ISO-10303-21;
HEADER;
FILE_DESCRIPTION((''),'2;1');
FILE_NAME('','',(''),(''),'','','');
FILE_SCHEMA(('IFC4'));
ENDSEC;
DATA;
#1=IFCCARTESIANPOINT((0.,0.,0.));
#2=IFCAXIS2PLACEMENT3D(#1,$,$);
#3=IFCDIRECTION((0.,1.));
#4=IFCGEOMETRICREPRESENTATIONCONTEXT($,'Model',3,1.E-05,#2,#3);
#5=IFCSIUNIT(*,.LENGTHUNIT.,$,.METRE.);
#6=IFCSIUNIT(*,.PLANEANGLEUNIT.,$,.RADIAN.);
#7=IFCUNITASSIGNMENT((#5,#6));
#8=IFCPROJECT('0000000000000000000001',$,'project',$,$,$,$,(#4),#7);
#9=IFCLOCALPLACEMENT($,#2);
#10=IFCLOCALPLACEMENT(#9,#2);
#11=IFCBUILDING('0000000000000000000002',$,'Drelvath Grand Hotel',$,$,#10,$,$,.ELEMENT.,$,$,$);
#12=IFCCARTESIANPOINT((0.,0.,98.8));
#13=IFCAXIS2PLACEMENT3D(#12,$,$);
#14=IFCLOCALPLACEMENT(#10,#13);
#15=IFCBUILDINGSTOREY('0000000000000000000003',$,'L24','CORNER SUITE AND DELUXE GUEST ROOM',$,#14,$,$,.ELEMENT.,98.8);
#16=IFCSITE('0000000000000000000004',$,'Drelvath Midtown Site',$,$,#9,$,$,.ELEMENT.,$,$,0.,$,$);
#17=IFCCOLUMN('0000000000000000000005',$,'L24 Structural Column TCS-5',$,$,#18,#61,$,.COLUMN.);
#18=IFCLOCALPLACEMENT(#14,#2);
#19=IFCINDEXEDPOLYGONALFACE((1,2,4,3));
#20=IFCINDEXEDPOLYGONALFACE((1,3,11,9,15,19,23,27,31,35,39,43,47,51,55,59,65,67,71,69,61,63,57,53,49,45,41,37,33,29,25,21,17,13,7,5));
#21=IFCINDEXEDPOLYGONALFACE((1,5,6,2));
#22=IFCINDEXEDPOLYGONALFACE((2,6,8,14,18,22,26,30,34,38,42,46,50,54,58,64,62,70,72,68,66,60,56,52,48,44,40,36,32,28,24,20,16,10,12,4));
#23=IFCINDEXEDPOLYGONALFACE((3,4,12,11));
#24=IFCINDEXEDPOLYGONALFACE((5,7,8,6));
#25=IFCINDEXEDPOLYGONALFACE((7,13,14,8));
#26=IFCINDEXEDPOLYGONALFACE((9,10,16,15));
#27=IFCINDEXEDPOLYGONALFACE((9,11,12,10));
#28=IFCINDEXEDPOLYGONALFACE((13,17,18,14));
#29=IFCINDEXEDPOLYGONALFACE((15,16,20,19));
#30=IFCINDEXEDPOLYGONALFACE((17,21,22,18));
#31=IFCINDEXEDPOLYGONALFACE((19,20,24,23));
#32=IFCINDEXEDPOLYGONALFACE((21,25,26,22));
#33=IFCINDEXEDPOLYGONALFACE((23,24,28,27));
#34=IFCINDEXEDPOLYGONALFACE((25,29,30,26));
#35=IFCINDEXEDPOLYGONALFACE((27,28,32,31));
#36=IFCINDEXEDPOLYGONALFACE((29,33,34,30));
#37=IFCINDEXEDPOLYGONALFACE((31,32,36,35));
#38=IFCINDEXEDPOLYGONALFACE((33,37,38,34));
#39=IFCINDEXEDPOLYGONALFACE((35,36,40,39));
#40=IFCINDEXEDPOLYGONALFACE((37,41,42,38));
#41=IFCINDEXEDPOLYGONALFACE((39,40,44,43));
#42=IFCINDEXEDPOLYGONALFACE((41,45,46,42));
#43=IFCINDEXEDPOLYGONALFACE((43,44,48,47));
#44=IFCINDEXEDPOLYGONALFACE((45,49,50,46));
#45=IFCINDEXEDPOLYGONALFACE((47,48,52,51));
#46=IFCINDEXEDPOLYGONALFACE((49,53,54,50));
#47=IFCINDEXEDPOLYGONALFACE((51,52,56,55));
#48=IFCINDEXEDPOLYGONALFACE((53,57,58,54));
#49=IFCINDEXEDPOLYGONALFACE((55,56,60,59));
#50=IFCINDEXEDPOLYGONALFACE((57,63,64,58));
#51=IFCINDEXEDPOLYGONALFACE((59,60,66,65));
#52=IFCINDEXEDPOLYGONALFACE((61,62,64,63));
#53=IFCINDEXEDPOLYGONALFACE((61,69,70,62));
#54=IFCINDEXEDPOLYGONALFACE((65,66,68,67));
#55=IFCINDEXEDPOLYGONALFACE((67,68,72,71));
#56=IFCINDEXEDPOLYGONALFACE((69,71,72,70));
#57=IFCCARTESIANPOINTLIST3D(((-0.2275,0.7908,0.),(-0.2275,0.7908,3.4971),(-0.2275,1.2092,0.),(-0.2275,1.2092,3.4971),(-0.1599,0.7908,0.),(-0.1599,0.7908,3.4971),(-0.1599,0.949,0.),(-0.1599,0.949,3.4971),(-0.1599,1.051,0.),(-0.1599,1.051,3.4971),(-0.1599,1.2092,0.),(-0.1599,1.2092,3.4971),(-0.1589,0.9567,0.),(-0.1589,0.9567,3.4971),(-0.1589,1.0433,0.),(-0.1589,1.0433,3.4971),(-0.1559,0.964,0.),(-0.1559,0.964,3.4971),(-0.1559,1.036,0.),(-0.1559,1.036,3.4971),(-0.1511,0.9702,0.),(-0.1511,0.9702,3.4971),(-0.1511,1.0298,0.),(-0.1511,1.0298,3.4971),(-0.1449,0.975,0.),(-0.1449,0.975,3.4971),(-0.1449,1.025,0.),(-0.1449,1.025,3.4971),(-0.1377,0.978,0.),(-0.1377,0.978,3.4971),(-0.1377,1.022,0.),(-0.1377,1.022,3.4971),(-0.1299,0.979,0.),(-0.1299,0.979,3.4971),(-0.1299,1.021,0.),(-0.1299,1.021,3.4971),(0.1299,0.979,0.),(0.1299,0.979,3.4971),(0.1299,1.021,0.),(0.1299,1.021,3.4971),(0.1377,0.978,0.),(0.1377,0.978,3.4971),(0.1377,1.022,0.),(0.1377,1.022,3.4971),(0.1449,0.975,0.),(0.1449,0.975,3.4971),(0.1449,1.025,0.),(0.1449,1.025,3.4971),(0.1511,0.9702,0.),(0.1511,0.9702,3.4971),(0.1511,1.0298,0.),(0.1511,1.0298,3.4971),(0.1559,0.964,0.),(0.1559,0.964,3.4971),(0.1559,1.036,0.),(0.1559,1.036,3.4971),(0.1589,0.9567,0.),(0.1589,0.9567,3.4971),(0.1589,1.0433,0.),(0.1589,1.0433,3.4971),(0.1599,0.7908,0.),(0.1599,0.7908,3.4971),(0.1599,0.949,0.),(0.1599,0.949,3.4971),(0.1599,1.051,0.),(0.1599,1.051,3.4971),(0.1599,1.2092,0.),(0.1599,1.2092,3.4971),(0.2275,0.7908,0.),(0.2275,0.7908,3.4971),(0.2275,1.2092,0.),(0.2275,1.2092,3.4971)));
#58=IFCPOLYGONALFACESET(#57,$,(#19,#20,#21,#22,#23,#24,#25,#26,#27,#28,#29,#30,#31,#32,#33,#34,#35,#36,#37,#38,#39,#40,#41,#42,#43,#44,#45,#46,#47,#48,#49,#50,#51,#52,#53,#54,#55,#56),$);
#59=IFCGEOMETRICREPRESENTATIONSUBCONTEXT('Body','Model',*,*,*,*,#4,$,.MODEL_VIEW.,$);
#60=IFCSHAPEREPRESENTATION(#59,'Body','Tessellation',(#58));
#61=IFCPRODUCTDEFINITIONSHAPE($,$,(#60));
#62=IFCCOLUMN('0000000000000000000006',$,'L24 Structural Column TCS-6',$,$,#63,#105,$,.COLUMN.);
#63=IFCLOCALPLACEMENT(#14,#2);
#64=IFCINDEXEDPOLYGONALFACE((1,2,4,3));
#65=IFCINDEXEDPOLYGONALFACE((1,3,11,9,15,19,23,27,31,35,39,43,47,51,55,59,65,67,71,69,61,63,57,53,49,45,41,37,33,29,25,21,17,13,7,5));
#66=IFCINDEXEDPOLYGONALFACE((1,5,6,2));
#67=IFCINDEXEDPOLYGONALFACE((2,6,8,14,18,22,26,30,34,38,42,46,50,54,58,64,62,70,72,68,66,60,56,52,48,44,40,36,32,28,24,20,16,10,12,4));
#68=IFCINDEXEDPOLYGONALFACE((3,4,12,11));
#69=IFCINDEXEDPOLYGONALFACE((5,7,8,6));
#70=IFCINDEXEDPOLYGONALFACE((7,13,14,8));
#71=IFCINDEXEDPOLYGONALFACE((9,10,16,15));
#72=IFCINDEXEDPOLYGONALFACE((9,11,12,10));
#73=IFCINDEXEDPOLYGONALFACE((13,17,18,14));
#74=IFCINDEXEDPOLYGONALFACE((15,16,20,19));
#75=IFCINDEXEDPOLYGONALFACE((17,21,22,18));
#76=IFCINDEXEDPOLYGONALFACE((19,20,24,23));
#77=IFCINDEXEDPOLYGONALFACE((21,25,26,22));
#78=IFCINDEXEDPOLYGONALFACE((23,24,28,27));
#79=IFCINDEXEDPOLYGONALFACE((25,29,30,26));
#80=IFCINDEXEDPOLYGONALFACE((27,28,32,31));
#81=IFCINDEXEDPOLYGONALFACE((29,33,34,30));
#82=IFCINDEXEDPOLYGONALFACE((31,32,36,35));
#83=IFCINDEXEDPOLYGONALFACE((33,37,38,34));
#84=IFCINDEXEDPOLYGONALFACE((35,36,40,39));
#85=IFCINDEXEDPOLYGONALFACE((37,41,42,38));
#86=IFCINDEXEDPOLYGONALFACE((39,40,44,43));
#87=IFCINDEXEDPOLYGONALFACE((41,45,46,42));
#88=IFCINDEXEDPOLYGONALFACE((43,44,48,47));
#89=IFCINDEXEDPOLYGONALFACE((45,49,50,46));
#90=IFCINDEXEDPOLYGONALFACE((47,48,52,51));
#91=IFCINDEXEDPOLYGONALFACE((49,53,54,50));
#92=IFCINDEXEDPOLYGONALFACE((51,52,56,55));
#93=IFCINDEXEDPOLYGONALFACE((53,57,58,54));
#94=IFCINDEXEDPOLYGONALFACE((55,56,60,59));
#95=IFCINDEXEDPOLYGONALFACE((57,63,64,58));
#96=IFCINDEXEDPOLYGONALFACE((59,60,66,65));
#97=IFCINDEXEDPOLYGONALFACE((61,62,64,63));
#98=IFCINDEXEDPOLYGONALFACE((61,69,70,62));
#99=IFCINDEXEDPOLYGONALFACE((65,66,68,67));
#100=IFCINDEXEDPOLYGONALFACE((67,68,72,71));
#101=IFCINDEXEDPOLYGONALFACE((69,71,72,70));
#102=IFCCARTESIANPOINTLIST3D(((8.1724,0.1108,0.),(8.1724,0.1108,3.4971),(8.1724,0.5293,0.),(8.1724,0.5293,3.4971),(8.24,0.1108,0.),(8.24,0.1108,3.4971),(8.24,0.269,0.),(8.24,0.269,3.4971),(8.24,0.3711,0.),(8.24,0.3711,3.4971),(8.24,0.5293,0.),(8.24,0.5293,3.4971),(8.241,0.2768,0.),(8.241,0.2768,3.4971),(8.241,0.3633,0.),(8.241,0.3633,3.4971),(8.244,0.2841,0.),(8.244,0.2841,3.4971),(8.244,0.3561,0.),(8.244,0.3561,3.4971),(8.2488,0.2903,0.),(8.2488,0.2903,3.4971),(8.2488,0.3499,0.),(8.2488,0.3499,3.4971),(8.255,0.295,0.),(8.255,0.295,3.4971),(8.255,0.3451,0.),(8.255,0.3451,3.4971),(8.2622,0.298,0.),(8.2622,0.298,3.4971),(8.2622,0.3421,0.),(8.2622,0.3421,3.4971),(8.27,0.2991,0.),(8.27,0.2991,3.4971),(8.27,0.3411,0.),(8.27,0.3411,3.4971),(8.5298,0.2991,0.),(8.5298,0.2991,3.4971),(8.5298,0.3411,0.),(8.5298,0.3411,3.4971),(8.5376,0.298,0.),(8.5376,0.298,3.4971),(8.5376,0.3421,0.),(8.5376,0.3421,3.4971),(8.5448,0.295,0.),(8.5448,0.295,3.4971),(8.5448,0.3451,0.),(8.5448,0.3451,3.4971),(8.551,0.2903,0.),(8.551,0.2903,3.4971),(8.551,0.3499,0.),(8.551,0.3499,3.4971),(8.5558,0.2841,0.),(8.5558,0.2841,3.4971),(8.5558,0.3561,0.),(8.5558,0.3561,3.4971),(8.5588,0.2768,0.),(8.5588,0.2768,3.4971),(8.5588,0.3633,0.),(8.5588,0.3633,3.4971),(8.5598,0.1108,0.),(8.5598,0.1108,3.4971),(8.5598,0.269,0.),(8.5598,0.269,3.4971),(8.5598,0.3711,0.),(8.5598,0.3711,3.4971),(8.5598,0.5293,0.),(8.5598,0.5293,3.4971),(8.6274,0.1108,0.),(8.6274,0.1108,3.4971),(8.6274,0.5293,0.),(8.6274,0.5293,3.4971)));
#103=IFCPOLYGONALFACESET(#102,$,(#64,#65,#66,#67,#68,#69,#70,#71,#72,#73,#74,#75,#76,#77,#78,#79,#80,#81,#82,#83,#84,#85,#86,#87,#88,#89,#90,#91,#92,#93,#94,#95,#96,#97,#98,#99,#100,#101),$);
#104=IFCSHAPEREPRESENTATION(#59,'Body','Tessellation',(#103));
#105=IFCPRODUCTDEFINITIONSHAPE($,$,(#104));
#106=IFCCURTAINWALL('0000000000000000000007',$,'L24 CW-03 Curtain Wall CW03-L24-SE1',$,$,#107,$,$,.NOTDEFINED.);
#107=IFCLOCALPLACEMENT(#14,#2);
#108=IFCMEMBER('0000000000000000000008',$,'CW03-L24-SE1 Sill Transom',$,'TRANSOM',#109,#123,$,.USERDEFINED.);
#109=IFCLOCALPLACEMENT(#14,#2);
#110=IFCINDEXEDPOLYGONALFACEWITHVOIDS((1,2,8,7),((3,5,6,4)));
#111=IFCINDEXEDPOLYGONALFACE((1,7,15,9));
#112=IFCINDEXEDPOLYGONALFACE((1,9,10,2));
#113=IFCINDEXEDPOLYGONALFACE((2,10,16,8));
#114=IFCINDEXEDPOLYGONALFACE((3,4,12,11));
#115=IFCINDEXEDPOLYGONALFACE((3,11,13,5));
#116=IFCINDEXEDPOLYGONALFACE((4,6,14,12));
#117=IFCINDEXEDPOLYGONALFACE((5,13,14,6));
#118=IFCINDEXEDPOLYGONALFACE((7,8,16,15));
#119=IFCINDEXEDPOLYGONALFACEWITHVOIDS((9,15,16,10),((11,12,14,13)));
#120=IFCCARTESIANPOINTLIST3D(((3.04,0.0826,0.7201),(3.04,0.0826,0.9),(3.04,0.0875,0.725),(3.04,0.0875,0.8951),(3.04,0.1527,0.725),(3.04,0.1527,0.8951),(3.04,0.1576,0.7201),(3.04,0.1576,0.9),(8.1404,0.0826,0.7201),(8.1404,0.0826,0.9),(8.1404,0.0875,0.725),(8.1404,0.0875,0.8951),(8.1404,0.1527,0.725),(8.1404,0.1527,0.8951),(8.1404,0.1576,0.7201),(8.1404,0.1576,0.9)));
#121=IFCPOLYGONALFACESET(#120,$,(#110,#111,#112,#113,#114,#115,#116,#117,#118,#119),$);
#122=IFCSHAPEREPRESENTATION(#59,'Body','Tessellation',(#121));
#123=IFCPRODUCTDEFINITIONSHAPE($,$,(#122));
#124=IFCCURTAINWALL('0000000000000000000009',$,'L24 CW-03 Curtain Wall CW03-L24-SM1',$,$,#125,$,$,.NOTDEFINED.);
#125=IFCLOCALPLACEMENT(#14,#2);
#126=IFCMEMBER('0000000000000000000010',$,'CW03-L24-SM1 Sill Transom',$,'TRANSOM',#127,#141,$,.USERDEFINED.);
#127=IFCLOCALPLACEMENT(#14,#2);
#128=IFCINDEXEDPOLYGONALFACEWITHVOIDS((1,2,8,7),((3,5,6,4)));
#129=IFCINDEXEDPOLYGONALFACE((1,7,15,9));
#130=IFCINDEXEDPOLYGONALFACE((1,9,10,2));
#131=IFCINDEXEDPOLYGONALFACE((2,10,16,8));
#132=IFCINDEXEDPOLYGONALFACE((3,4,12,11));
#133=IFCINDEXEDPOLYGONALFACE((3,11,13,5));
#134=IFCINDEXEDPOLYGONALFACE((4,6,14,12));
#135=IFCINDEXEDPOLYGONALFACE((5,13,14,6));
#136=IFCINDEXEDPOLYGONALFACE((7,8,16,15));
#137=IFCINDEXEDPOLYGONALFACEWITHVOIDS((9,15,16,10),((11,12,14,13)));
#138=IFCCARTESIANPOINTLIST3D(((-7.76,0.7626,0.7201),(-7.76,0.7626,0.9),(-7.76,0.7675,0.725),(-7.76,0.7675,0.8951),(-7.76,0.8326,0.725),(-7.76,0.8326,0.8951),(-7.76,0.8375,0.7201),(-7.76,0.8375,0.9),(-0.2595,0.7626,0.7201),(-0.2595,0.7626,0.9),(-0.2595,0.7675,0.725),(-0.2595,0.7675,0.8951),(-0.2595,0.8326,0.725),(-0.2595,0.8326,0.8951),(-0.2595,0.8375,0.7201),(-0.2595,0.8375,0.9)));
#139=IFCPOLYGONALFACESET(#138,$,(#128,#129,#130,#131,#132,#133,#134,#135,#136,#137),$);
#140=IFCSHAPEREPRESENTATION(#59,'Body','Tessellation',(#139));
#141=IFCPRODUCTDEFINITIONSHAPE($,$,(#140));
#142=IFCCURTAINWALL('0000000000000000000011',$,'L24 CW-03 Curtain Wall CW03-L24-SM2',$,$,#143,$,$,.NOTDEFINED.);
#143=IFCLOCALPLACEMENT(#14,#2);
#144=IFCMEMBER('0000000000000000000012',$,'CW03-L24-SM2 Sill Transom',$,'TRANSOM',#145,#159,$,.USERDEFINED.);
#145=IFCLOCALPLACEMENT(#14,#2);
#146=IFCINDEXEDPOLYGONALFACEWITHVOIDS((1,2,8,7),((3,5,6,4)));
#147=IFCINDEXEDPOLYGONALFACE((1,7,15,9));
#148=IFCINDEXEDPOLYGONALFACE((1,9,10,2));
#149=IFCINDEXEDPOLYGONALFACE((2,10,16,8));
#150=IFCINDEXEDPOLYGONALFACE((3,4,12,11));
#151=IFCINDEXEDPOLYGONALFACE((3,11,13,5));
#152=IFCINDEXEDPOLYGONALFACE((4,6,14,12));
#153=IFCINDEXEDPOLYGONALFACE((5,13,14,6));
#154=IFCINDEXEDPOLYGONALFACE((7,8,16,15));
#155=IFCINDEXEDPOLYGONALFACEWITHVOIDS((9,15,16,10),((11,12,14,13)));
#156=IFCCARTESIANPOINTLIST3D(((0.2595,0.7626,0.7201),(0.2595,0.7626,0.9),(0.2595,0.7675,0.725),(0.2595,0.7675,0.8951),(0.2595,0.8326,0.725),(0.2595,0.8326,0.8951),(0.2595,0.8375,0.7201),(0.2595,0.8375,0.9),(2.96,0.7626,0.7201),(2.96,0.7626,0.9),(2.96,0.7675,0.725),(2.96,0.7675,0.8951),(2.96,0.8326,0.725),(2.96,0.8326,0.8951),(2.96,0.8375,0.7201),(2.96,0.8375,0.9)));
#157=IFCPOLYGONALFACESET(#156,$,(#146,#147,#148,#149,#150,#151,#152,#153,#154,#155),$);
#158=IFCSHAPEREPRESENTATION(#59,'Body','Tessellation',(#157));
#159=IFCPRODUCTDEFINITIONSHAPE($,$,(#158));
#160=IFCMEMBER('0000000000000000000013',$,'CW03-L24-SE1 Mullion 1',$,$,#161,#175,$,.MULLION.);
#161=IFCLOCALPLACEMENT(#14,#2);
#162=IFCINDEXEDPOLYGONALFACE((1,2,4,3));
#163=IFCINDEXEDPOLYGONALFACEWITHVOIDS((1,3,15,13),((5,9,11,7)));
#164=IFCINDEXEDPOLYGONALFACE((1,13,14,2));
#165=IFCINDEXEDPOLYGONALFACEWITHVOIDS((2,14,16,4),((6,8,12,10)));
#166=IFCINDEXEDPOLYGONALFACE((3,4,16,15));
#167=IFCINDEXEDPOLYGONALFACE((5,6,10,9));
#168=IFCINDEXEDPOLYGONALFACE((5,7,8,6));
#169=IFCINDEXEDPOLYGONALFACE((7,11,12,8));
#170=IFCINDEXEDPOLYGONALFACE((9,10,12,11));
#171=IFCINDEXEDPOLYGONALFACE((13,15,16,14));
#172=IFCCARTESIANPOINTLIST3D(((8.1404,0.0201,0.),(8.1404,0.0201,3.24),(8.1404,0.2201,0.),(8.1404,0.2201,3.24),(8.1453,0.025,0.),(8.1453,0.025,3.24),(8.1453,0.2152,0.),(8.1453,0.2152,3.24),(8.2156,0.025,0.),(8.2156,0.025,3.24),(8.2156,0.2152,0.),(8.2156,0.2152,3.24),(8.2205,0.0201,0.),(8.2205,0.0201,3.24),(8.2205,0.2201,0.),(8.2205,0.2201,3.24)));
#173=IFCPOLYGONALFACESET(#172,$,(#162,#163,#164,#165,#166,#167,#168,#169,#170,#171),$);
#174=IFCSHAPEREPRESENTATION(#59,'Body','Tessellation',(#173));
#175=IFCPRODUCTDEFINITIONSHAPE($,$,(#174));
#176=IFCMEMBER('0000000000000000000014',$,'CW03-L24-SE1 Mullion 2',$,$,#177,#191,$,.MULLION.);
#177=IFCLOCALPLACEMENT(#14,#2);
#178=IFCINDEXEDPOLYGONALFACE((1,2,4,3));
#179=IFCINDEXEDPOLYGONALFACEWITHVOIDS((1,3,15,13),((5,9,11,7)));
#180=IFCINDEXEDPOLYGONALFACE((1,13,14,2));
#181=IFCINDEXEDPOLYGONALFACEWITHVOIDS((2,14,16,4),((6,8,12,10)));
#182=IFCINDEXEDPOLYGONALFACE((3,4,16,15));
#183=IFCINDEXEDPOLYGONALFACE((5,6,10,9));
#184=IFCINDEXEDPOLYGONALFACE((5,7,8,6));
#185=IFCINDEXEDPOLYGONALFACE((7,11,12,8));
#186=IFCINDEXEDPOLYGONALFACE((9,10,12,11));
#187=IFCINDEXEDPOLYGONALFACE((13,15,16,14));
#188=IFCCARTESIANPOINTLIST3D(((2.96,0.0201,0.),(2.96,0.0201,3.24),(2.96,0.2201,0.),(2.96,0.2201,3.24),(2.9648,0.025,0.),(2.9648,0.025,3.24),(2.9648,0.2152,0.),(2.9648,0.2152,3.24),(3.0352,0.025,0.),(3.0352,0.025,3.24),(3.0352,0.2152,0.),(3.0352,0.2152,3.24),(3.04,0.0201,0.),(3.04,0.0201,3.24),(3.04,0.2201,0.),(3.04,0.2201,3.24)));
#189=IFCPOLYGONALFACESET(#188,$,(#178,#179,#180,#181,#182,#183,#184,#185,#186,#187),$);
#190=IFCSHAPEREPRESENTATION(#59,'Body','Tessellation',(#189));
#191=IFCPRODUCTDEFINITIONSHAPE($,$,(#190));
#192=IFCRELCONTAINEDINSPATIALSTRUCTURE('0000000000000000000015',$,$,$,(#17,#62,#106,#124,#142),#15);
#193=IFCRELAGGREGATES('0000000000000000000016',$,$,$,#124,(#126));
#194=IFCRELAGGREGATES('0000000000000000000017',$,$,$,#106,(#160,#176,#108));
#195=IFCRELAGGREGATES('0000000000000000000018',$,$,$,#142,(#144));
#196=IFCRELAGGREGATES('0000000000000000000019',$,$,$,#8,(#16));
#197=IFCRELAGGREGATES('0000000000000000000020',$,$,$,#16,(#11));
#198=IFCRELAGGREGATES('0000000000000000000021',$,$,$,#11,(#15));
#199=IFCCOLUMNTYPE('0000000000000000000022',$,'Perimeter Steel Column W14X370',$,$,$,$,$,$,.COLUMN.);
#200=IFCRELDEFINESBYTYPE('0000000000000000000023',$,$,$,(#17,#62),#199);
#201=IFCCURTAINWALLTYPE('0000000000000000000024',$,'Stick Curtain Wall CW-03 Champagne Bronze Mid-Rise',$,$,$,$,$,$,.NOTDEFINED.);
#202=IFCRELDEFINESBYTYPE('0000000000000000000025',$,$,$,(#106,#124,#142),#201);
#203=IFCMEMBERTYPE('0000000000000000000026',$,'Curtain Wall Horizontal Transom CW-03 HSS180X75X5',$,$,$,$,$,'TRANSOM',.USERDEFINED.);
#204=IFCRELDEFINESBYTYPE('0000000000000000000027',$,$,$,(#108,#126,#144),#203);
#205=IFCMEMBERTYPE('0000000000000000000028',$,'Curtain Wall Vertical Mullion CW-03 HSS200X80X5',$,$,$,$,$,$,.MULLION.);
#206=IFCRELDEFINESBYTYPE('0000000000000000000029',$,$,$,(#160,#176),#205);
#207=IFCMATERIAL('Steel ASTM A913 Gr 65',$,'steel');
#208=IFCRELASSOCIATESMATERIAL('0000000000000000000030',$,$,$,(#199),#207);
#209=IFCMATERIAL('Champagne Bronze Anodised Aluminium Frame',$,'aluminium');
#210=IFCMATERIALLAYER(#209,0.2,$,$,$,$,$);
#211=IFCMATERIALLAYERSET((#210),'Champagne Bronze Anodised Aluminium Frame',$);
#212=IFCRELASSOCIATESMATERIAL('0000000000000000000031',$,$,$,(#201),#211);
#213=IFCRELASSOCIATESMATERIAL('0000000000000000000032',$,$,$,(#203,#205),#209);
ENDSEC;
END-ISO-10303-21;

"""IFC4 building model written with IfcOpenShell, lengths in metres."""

from ifc_helpers import new_model, si_unit, direction, frame, origin, origin_2d, place, context, subcontext, project, spatial, hollow_rectangle, i_section, extrude, material, layer, layer_set, material_profile, profile_set, type_object, element, aggregate, save


model = new_model("IFC4")

# Units and contexts
model_context = context("Model", 3, precision=1e-05, world=origin(), true_north=direction((0.0, 1.0)))
body_context = subcontext(model_context, "Body", "Model", "MODEL_VIEW")
ifc_project = project(units=[si_unit("LENGTHUNIT", "METRE"), si_unit("PLANEANGLEUNIT", "RADIAN")], contexts=[model_context])

# Site, building, storey
site_placement = place(None, origin())
site = spatial("IfcSite", under=ifc_project, at=site_placement, Name="Drelvath Midtown Site", CompositionType="ELEMENT", RefElevation=0.0)
building_placement = place(site_placement, origin())
building = spatial("IfcBuilding", under=site, at=building_placement, Name="Drelvath Grand Hotel", CompositionType="ELEMENT")
storey_placement = place(building_placement, frame((0.0, 0.0, 98.8)))
storey = spatial("IfcBuildingStorey", under=building, at=storey_placement, Name="L24", Description="CORNER SUITE AND DELUXE GUEST ROOM", CompositionType="ELEMENT", Elevation=98.8)

# Columns
ifc_material_1 = material(Name="Steel ASTM A913 Gr 65", Category="steel")
ifc_material_profile_1 = material_profile(ifc_material_1, i_section(OverallWidth=0.4185, OverallDepth=0.4551, WebThickness=0.042, FlangeThickness=0.0676, FilletRadius=0.03, at=origin_2d()), Name="W14X370")
ifc_profile_set_1 = profile_set([ifc_material_profile_1], Name="Steel ASTM A913 Gr 65")
column_type = type_object("IfcColumnType", Name="Perimeter Steel Column W14X370", PredefinedType="COLUMN", material=ifc_profile_set_1)
for number, where, z_axis, x_axis, name in (
    (1, (0.0, 1.0, 0.0), (0.0, 0.0, 1.0), (0.0, 1.0, 0.0), "L24 Structural Column TCS-5"),
    (2, (8.3999, 0.3201, 0.0), (0.0, 0.0, 1.0), (0.0, 1.0, 0.0), "L24 Structural Column TCS-6"),
):
    element("IfcColumn", number, at=place(storey_placement, frame(where, z_axis=z_axis, x_axis=x_axis)), inside=storey, type_object=column_type, Name=name, PredefinedType="COLUMN", context=body_context, shape_type="SweptSolid", body=[
        extrude(i_section(OverallWidth=0.4185, OverallDepth=0.4551, WebThickness=0.042, FlangeThickness=0.0676, FilletRadius=0.03, at=origin_2d()), origin(), (0.0, 0.0, 1.0), 3.4971),
    ])

# Curtain walls, members
ifc_material_2 = material(Name="Champagne Bronze Anodised Aluminium Frame", Category="aluminium")
ifc_layer_1 = layer(ifc_material_2, 0.2)
ifc_layer_set_1 = layer_set([ifc_layer_1], Name="Champagne Bronze Anodised Aluminium Frame")
curtain_wall_type = type_object("IfcCurtainWallType", Name="Stick Curtain Wall CW-03 Champagne Bronze Mid-Rise", PredefinedType="NOTDEFINED", material=ifc_layer_set_1)
curtain_wall_1_placement = place(storey_placement, origin())
curtain_wall_1 = element("IfcCurtainWall", 3, at=curtain_wall_1_placement, inside=storey, type_object=curtain_wall_type, Name="L24 CW-03 Curtain Wall CW03-L24-SE1", PredefinedType="NOTDEFINED")
ifc_material_profile_2 = material_profile(ifc_material_2, hollow_rectangle(XDim=0.075, YDim=0.1799, WallThickness=0.0049, at=origin_2d()), Name="HSS180X75X5")
ifc_profile_set_2 = profile_set([ifc_material_profile_2], Name="Champagne Bronze Anodised Aluminium Frame")
member_type_1 = type_object("IfcMemberType", Name="Curtain Wall Horizontal Transom CW-03 HSS180X75X5", ElementType="TRANSOM", PredefinedType="USERDEFINED", material=ifc_profile_set_2)
member_1_placement = place(storey_placement, frame((8.1404, 0.1201, 0.8101), z_axis=(-1.0, 0.0, 0.0), x_axis=(0.0, -1.0, 0.0)))
member_1 = element("IfcMember", 4, at=member_1_placement, type_object=member_type_1, Name="CW03-L24-SE1 Sill Transom", ObjectType="TRANSOM", PredefinedType="USERDEFINED", context=body_context, shape_type="SweptSolid", body=[
    extrude(hollow_rectangle(XDim=0.075, YDim=0.1799, WallThickness=0.0049, at=origin_2d()), origin(), (0.0, 0.0, 1.0), 5.1003),
])
curtain_wall_2_placement = place(storey_placement, origin())
curtain_wall_2 = element("IfcCurtainWall", 5, at=curtain_wall_2_placement, inside=storey, type_object=curtain_wall_type, Name="L24 CW-03 Curtain Wall CW03-L24-SM1", PredefinedType="NOTDEFINED")
member_2_placement = place(storey_placement, frame((-0.2595, 0.8, 0.8101), z_axis=(-1.0, 0.0, 0.0), x_axis=(0.0, -1.0, 0.0)))
member_2 = element("IfcMember", 6, at=member_2_placement, type_object=member_type_1, Name="CW03-L24-SM1 Sill Transom", ObjectType="TRANSOM", PredefinedType="USERDEFINED", context=body_context, shape_type="SweptSolid", body=[
    extrude(hollow_rectangle(XDim=0.075, YDim=0.1799, WallThickness=0.0049, at=origin_2d()), origin(), (0.0, 0.0, 1.0), 7.5005),
])
curtain_wall_3_placement = place(storey_placement, origin())
curtain_wall_3 = element("IfcCurtainWall", 7, at=curtain_wall_3_placement, inside=storey, type_object=curtain_wall_type, Name="L24 CW-03 Curtain Wall CW03-L24-SM2", PredefinedType="NOTDEFINED")
member_3_placement = place(storey_placement, frame((2.96, 0.8, 0.8101), z_axis=(-1.0, 0.0, 0.0), x_axis=(0.0, -1.0, 0.0)))
member_3 = element("IfcMember", 8, at=member_3_placement, type_object=member_type_1, Name="CW03-L24-SM2 Sill Transom", ObjectType="TRANSOM", PredefinedType="USERDEFINED", context=body_context, shape_type="SweptSolid", body=[
    extrude(hollow_rectangle(XDim=0.075, YDim=0.1799, WallThickness=0.0049, at=origin_2d()), origin(), (0.0, 0.0, 1.0), 2.7004),
])

# Members
ifc_material_profile_3 = material_profile(ifc_material_2, hollow_rectangle(XDim=0.0801, YDim=0.2, WallThickness=0.0049, at=origin_2d()), Name="HSS200X80X5")
ifc_profile_set_3 = profile_set([ifc_material_profile_3], Name="Champagne Bronze Anodised Aluminium Frame")
member_type_2 = type_object("IfcMemberType", Name="Curtain Wall Vertical Mullion CW-03 HSS200X80X5", PredefinedType="MULLION", material=ifc_profile_set_3)
member_4_placement = place(storey_placement, frame((8.1804, 0.1201, 0.0), z_axis=(0.0, 0.0, 1.0), x_axis=(1.0, 0.0, 0.0)))
member_4 = element("IfcMember", 9, at=member_4_placement, type_object=member_type_2, Name="CW03-L24-SE1 Mullion 1", PredefinedType="MULLION", context=body_context, shape_type="SweptSolid", body=[
    extrude(hollow_rectangle(XDim=0.0801, YDim=0.2, WallThickness=0.0049, at=origin_2d()), origin(), (0.0, 0.0, 1.0), 3.24),
])
member_5_placement = place(storey_placement, frame((3.0, 0.1201, 0.0), z_axis=(0.0, 0.0, 1.0), x_axis=(1.0, 0.0, 0.0)))
member_5 = element("IfcMember", 10, at=member_5_placement, type_object=member_type_2, Name="CW03-L24-SE1 Mullion 2", PredefinedType="MULLION", context=body_context, shape_type="SweptSolid", body=[
    extrude(hollow_rectangle(XDim=0.0801, YDim=0.2, WallThickness=0.0049, at=origin_2d()), origin(), (0.0, 0.0, 1.0), 3.24),
])
aggregate(curtain_wall_2, [member_2])

aggregate(curtain_wall_1, [member_4, member_5, member_1])
aggregate(curtain_wall_3, [member_3])

save(model, "model.ifc")
